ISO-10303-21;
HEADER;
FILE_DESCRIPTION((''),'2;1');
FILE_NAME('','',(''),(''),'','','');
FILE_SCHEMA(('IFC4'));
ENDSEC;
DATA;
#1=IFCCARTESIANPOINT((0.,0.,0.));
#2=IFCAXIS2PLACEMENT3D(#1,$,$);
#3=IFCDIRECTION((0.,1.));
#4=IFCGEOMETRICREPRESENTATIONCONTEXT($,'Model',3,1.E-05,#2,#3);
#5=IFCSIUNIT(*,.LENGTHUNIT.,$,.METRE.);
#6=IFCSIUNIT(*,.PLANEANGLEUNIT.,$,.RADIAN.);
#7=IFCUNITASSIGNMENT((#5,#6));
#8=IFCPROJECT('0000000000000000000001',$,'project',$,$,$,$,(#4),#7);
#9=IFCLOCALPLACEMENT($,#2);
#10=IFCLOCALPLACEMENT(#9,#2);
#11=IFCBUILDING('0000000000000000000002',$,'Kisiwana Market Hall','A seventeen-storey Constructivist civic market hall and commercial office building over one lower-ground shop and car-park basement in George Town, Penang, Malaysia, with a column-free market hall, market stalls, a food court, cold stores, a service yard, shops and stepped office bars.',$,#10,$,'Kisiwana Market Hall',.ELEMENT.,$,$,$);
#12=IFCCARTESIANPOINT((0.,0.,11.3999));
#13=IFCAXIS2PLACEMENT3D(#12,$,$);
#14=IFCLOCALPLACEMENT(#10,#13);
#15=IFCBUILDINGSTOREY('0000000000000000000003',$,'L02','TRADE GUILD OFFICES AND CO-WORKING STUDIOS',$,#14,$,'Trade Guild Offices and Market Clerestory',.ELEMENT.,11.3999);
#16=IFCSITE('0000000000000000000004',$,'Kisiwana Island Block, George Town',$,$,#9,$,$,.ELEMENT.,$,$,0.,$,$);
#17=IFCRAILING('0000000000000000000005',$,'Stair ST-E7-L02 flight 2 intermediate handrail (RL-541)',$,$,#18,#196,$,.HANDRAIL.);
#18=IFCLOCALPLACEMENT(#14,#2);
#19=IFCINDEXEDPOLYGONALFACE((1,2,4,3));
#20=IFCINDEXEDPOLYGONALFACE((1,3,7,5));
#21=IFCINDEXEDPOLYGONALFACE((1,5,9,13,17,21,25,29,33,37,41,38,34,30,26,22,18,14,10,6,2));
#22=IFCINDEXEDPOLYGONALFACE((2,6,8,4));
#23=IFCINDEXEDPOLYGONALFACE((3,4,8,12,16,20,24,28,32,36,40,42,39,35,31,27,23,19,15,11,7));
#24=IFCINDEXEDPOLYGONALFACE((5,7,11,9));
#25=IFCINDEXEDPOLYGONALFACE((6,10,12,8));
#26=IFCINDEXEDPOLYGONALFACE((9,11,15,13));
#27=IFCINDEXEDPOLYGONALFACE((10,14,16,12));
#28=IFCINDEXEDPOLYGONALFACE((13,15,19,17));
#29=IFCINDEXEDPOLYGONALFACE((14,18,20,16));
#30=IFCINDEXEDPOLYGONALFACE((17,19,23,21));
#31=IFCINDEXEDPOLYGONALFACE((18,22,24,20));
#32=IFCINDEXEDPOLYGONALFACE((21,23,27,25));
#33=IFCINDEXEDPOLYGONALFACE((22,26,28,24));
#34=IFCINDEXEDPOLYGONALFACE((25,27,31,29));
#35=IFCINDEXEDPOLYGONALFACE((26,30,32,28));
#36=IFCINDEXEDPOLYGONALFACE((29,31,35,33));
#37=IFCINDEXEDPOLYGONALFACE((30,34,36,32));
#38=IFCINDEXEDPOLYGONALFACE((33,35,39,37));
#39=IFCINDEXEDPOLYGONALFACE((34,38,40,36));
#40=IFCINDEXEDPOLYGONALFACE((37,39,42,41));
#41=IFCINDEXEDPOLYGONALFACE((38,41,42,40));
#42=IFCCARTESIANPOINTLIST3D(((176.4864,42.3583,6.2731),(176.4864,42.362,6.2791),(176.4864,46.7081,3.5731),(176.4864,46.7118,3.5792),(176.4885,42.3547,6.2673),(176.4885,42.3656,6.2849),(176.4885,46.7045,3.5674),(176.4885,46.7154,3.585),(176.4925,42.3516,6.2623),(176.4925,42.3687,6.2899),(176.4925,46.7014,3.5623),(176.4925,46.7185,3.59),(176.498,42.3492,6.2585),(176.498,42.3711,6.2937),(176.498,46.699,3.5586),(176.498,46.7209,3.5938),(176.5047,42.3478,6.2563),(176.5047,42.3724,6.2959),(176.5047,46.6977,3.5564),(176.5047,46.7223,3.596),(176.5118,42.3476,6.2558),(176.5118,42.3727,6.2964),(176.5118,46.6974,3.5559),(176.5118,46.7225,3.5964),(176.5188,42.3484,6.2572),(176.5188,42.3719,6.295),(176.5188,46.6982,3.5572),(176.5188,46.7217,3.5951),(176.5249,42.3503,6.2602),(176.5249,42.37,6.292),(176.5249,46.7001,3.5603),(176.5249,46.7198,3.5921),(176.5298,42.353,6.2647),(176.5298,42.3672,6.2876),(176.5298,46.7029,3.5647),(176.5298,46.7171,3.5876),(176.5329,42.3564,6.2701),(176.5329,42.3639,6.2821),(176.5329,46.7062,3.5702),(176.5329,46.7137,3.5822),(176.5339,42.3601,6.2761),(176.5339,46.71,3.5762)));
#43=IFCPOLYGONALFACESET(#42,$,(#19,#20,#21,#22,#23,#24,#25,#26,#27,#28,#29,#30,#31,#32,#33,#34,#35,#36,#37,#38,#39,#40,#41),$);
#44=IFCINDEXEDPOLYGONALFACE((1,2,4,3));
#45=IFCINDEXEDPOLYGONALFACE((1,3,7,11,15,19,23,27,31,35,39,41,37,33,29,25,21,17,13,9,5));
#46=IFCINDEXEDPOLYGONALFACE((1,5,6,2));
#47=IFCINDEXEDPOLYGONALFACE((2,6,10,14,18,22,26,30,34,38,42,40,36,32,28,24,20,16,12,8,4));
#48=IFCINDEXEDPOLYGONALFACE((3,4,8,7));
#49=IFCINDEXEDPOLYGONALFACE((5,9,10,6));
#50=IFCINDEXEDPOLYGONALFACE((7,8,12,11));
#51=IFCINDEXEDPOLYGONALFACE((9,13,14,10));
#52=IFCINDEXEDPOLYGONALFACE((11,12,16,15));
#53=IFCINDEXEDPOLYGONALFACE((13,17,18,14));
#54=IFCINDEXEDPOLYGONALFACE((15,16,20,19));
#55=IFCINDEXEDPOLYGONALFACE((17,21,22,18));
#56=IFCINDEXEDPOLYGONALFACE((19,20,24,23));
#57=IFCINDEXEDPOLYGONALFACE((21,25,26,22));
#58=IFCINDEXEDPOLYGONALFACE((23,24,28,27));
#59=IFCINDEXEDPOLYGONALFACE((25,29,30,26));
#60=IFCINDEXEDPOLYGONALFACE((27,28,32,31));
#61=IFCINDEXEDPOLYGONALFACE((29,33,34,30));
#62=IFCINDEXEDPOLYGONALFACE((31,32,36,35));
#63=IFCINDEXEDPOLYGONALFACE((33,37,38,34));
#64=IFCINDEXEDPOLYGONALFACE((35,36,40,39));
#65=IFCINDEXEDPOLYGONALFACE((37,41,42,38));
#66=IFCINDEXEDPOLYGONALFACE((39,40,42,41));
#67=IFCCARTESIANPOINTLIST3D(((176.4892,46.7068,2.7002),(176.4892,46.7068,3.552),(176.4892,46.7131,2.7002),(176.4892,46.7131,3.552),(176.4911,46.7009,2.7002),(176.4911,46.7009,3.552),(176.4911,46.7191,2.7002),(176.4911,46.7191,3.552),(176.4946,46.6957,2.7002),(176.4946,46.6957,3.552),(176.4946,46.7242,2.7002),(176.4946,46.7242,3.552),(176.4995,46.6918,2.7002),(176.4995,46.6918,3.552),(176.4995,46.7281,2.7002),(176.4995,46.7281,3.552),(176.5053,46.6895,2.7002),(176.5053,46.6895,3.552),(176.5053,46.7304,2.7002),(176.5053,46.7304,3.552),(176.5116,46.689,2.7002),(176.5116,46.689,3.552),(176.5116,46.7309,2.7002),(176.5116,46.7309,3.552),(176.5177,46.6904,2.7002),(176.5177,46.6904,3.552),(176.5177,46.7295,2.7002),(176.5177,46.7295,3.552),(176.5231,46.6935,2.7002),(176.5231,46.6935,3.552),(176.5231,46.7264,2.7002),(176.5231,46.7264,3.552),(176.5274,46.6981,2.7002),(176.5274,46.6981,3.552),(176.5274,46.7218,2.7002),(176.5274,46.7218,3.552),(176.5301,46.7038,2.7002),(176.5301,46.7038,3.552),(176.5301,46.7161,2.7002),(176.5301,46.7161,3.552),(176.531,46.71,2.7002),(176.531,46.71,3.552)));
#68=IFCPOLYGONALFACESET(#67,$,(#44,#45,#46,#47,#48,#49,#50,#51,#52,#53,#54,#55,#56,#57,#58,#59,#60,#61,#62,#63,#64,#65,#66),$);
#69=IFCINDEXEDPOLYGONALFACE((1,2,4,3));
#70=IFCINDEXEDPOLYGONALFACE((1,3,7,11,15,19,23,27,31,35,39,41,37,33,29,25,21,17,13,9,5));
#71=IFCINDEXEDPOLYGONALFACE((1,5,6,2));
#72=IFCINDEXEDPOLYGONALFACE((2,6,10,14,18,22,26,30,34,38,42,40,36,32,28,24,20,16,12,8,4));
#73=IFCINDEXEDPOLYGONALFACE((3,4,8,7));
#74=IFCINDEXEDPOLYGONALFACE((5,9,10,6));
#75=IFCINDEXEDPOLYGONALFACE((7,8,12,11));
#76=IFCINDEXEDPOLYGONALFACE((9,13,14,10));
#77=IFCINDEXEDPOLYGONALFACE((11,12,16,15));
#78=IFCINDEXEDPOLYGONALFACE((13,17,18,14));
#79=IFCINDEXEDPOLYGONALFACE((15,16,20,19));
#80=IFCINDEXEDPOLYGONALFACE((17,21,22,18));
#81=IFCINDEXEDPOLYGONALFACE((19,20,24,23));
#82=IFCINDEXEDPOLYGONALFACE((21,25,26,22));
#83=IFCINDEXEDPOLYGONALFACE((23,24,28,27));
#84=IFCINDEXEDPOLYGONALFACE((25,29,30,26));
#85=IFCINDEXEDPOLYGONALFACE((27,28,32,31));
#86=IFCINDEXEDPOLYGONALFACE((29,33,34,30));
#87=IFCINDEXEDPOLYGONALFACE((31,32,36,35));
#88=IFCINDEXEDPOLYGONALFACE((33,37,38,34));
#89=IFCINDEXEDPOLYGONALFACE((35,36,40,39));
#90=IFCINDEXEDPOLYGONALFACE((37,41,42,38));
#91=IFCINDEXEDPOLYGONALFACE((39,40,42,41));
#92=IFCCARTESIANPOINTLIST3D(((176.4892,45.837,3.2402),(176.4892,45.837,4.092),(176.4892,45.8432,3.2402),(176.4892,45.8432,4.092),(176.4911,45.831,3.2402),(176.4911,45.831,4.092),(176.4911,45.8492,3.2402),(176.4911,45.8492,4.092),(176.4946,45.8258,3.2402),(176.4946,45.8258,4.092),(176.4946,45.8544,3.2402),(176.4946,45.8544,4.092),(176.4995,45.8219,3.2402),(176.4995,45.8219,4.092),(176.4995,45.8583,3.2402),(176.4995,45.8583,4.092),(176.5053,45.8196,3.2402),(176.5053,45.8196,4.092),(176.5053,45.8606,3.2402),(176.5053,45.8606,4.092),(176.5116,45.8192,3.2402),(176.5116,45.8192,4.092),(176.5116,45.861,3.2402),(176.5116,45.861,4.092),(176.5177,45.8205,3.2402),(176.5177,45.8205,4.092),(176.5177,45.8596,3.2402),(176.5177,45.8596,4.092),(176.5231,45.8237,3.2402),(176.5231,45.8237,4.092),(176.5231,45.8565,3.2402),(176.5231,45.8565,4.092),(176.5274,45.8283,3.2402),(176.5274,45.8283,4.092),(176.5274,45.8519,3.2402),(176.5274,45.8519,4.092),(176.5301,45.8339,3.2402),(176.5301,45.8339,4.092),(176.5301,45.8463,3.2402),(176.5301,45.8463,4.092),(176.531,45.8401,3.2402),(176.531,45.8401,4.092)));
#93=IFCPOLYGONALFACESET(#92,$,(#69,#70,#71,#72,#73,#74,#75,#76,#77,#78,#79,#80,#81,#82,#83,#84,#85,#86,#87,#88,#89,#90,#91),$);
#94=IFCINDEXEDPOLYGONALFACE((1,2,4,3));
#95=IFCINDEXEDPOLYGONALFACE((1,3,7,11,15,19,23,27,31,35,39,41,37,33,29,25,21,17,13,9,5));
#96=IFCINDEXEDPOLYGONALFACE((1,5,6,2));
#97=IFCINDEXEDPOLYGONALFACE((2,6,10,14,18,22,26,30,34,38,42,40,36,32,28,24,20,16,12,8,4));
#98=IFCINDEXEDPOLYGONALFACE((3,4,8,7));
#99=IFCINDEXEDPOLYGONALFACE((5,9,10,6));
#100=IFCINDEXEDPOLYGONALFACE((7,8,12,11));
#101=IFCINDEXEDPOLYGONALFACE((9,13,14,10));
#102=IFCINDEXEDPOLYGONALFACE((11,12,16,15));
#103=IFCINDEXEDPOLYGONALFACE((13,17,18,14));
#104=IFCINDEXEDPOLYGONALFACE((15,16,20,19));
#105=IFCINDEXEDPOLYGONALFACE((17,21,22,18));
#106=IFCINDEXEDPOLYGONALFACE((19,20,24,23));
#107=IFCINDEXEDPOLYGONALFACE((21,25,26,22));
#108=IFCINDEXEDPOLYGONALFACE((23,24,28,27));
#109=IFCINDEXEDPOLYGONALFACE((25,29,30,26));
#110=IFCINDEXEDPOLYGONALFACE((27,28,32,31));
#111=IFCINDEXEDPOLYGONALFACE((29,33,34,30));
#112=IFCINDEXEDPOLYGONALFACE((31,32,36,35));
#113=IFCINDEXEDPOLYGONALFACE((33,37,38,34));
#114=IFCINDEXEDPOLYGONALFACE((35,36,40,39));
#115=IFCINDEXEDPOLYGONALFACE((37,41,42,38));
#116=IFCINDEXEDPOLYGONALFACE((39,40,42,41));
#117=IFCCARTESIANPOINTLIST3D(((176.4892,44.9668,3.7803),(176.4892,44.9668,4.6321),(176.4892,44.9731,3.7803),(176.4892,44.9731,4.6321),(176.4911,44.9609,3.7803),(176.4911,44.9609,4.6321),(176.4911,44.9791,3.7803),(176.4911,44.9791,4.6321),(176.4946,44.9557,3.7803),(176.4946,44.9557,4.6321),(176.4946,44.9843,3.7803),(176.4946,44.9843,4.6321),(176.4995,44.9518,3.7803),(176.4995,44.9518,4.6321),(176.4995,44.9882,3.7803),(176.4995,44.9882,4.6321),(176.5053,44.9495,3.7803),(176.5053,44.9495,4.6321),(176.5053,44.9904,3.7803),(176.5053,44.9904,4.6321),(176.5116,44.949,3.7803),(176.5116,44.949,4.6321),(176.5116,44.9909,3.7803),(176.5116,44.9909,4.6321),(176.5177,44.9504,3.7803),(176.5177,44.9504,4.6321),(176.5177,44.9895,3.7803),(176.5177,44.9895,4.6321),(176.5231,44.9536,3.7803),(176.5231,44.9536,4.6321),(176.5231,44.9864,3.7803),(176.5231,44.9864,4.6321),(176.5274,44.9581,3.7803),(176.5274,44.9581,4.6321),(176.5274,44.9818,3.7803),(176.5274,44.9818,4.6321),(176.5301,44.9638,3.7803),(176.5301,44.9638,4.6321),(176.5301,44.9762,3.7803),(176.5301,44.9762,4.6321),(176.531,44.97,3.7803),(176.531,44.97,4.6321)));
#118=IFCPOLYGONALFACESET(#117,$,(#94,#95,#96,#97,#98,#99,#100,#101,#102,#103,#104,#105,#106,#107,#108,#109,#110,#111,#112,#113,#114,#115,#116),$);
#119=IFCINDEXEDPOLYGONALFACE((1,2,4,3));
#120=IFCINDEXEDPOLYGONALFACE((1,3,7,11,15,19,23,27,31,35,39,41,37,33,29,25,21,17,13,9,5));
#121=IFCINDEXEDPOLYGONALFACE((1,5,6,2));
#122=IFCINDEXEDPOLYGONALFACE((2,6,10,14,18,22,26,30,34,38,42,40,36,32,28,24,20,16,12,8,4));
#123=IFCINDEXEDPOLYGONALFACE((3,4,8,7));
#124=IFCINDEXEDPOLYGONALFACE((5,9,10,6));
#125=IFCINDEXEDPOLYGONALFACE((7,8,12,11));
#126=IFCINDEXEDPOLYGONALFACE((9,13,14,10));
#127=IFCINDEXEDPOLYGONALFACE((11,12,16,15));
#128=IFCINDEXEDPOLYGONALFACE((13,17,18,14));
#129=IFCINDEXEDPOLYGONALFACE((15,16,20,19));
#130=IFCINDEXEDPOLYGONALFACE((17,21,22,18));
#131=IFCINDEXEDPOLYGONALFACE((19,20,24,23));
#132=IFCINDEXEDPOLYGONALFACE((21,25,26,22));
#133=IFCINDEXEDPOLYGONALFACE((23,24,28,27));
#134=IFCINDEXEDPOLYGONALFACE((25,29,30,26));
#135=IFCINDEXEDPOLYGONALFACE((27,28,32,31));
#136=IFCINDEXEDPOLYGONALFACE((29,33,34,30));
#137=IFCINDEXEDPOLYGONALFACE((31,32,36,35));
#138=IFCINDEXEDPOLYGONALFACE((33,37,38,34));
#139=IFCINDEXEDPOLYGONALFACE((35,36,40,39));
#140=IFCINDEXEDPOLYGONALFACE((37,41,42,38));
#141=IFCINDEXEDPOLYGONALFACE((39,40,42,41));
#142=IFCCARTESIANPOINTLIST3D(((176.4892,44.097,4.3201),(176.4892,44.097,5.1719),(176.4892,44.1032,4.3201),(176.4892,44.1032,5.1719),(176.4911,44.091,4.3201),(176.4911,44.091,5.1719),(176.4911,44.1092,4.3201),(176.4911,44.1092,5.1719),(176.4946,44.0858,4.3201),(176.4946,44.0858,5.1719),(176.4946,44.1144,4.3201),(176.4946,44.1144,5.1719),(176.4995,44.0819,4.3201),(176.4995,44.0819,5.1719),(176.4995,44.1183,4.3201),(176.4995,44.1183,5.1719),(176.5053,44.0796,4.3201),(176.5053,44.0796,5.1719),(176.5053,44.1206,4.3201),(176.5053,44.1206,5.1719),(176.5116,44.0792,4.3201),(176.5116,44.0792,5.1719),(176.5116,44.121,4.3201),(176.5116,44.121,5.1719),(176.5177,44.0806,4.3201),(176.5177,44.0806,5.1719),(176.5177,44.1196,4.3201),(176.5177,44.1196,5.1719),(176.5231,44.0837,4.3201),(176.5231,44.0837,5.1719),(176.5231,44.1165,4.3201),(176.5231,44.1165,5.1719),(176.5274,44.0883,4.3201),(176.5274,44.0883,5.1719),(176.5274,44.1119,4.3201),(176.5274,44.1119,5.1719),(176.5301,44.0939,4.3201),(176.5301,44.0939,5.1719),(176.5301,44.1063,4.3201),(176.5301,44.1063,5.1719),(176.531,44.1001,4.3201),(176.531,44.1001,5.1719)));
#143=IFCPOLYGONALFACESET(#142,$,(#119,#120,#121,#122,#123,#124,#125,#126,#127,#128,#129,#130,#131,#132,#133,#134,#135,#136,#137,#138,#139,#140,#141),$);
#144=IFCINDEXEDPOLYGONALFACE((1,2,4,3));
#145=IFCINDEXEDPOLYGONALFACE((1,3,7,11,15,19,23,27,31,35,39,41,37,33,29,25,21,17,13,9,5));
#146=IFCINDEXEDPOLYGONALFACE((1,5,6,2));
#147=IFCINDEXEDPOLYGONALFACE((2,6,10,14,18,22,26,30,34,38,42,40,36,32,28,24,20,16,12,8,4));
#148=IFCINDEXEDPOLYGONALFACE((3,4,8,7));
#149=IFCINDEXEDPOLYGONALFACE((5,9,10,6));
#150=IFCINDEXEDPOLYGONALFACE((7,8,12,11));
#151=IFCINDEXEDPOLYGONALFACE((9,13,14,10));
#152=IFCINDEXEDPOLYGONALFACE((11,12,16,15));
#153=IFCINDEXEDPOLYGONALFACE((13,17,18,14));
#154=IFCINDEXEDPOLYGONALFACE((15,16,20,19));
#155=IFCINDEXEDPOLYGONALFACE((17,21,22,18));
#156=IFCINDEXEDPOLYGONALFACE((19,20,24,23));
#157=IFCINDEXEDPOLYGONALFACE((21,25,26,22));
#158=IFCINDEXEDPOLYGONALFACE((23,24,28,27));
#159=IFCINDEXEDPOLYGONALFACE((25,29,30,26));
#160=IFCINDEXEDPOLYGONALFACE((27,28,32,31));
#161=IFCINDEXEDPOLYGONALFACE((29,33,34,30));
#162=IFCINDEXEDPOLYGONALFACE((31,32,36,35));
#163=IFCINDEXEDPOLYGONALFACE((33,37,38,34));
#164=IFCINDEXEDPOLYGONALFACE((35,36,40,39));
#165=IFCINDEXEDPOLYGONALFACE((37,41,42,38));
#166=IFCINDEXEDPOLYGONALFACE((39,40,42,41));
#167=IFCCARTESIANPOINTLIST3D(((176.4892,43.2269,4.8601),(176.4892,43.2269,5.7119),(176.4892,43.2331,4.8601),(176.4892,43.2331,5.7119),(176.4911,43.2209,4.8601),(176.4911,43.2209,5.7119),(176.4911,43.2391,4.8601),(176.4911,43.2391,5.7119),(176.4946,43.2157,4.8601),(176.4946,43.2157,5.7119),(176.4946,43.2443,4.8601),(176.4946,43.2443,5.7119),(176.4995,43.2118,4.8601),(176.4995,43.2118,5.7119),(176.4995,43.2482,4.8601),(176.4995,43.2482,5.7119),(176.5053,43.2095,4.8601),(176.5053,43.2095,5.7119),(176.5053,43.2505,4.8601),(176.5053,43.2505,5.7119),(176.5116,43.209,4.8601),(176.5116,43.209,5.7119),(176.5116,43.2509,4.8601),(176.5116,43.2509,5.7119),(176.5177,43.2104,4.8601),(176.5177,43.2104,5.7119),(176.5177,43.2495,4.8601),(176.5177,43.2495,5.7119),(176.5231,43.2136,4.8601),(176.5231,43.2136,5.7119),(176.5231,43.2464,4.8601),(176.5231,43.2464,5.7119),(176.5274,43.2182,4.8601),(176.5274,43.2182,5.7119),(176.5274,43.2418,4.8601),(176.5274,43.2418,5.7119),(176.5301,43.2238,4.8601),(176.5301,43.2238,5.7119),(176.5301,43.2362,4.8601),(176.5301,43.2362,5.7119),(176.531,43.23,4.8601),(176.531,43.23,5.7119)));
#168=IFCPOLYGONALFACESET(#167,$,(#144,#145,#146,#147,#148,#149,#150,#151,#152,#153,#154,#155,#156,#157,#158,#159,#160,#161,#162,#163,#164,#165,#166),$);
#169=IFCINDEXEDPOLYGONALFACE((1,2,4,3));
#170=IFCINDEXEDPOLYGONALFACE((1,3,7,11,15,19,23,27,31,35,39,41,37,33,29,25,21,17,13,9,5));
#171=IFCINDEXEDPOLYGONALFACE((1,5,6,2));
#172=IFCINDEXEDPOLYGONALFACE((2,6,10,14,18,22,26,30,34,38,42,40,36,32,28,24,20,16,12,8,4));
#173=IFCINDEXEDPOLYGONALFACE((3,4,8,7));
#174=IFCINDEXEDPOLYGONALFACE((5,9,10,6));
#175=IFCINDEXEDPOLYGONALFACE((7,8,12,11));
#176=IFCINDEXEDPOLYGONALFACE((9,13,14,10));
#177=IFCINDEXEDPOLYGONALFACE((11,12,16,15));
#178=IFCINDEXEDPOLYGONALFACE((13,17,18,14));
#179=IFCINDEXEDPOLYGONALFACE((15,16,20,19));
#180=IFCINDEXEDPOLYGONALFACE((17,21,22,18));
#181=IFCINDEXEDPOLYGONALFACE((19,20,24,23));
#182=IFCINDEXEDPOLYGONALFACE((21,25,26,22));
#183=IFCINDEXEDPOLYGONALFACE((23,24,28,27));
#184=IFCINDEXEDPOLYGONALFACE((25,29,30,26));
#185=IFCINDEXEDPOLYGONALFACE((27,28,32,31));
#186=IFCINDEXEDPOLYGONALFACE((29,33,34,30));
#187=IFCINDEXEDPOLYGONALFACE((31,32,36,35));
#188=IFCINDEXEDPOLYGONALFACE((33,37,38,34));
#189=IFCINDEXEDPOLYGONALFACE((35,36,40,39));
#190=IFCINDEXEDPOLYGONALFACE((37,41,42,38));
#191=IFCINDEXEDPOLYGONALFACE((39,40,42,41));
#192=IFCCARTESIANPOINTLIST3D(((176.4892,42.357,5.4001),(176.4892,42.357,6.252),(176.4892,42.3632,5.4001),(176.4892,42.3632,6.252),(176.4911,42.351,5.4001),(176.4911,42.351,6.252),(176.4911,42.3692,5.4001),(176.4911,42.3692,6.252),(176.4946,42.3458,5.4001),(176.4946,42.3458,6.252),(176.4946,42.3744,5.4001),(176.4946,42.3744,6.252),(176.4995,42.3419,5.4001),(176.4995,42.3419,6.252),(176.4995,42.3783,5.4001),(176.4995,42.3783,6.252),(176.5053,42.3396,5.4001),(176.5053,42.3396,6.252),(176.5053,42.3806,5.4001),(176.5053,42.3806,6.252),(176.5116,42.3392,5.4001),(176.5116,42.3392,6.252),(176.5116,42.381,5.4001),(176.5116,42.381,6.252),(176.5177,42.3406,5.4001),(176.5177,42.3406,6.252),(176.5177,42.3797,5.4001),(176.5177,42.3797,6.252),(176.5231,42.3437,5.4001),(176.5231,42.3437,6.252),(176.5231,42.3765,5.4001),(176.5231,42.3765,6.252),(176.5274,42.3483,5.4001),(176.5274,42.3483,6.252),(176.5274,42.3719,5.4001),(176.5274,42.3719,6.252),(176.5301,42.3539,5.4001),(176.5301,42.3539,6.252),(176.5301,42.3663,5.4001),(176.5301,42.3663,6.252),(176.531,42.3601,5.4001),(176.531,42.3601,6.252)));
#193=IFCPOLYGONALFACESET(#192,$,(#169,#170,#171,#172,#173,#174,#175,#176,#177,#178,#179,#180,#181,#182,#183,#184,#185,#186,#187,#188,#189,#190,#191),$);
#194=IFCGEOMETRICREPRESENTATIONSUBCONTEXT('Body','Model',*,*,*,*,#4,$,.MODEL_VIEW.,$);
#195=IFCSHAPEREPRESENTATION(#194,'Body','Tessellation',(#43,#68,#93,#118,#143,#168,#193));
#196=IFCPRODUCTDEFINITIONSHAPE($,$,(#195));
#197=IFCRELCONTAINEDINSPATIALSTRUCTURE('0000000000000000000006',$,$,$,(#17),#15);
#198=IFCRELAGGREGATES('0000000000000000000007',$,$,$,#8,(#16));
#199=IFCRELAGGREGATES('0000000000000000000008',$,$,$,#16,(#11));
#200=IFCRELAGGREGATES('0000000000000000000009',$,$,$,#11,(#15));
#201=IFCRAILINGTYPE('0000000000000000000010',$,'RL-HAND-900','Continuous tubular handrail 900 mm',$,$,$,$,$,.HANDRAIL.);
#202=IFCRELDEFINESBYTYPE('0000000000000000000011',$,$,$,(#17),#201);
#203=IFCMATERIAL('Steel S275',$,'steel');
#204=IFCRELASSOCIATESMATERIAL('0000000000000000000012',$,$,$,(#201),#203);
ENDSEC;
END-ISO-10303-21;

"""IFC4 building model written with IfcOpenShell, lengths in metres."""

from ifc_helpers import new_model, si_unit, direction, frame, origin, origin_2d, place, context, subcontext, project, spatial, circle, extrude, material, type_object, element, save


model = new_model("IFC4")

# Units and contexts
model_context = context("Model", 3, precision=1e-05, world=origin(), true_north=direction((0.0, 1.0)))
body_context = subcontext(model_context, "Body", "Model", "MODEL_VIEW")
ifc_project = project(units=[si_unit("LENGTHUNIT", "METRE"), si_unit("PLANEANGLEUNIT", "RADIAN")], contexts=[model_context])

# Site, building, storey
site_placement = place(None, origin())
site = spatial("IfcSite", under=ifc_project, at=site_placement, Name="Kisiwana Island Block, George Town", CompositionType="ELEMENT", RefElevation=0.0)
building_placement = place(site_placement, origin())
building = spatial("IfcBuilding", under=site, at=building_placement, Name="Kisiwana Market Hall", Description="A seventeen-storey Constructivist civic market hall and commercial office building over one lower-ground shop and car-park basement in George Town, Penang, Malaysia, with a column-free market hall, market stalls, a food court, cold stores, a service yard, shops and stepped office bars.", LongName="Kisiwana Market Hall", CompositionType="ELEMENT")
storey_placement = place(building_placement, frame((0.0, 0.0, 11.3999)))
storey = spatial("IfcBuildingStorey", under=building, at=storey_placement, Name="L02", Description="TRADE GUILD OFFICES AND CO-WORKING STUDIOS", LongName="Trade Guild Offices and Market Clerestory", CompositionType="ELEMENT", Elevation=11.3999)

# Railing
ifc_material_1 = material(Name="Steel S275", Category="steel")
railing_type_1 = type_object("IfcRailingType", Name="RL-HAND-900", Description="Continuous tubular handrail 900 mm", PredefinedType="HANDRAIL", material=ifc_material_1)
railing_1_placement = place(storey_placement, frame((176.51, 46.71, 2.7002)))
element("IfcRailing", 1, at=railing_1_placement, inside=storey, type_object=railing_type_1, Name="Stair ST-E7-L02 flight 2 intermediate handrail (RL-541)", PredefinedType="HANDRAIL", context=body_context, shape_type="SweptSolid", body=[
    extrude(circle(Radius=0.0239, at=origin_2d()), frame((0.0, 0.0, 0.876), z_axis=(0.0, -0.849636, 0.527369), x_axis=(1.0, 0.0, 0.0)), (0.0, 0.0, 1.0), 5.1196),
    extrude(circle(Radius=0.021, at=origin_2d()), origin(), (0.0, 0.0, 1.0), 0.8518),
    extrude(circle(Radius=0.021, at=origin_2d()), frame((0.0, -0.8699, 0.54)), (0.0, 0.0, 1.0), 0.8518),
    extrude(circle(Radius=0.021, at=origin_2d()), frame((0.0, -1.74, 1.0801)), (0.0, 0.0, 1.0), 0.8518),
    extrude(circle(Radius=0.021, at=origin_2d()), frame((0.0, -2.6099, 1.6199)), (0.0, 0.0, 1.0), 0.8518),
    extrude(circle(Radius=0.021, at=origin_2d()), frame((0.0, -3.48, 2.1599)), (0.0, 0.0, 1.0), 0.8518),
    extrude(circle(Radius=0.021, at=origin_2d()), frame((0.0, -4.3499, 2.7)), (0.0, 0.0, 1.0), 0.8518),
])

save(model, "model.ifc")
